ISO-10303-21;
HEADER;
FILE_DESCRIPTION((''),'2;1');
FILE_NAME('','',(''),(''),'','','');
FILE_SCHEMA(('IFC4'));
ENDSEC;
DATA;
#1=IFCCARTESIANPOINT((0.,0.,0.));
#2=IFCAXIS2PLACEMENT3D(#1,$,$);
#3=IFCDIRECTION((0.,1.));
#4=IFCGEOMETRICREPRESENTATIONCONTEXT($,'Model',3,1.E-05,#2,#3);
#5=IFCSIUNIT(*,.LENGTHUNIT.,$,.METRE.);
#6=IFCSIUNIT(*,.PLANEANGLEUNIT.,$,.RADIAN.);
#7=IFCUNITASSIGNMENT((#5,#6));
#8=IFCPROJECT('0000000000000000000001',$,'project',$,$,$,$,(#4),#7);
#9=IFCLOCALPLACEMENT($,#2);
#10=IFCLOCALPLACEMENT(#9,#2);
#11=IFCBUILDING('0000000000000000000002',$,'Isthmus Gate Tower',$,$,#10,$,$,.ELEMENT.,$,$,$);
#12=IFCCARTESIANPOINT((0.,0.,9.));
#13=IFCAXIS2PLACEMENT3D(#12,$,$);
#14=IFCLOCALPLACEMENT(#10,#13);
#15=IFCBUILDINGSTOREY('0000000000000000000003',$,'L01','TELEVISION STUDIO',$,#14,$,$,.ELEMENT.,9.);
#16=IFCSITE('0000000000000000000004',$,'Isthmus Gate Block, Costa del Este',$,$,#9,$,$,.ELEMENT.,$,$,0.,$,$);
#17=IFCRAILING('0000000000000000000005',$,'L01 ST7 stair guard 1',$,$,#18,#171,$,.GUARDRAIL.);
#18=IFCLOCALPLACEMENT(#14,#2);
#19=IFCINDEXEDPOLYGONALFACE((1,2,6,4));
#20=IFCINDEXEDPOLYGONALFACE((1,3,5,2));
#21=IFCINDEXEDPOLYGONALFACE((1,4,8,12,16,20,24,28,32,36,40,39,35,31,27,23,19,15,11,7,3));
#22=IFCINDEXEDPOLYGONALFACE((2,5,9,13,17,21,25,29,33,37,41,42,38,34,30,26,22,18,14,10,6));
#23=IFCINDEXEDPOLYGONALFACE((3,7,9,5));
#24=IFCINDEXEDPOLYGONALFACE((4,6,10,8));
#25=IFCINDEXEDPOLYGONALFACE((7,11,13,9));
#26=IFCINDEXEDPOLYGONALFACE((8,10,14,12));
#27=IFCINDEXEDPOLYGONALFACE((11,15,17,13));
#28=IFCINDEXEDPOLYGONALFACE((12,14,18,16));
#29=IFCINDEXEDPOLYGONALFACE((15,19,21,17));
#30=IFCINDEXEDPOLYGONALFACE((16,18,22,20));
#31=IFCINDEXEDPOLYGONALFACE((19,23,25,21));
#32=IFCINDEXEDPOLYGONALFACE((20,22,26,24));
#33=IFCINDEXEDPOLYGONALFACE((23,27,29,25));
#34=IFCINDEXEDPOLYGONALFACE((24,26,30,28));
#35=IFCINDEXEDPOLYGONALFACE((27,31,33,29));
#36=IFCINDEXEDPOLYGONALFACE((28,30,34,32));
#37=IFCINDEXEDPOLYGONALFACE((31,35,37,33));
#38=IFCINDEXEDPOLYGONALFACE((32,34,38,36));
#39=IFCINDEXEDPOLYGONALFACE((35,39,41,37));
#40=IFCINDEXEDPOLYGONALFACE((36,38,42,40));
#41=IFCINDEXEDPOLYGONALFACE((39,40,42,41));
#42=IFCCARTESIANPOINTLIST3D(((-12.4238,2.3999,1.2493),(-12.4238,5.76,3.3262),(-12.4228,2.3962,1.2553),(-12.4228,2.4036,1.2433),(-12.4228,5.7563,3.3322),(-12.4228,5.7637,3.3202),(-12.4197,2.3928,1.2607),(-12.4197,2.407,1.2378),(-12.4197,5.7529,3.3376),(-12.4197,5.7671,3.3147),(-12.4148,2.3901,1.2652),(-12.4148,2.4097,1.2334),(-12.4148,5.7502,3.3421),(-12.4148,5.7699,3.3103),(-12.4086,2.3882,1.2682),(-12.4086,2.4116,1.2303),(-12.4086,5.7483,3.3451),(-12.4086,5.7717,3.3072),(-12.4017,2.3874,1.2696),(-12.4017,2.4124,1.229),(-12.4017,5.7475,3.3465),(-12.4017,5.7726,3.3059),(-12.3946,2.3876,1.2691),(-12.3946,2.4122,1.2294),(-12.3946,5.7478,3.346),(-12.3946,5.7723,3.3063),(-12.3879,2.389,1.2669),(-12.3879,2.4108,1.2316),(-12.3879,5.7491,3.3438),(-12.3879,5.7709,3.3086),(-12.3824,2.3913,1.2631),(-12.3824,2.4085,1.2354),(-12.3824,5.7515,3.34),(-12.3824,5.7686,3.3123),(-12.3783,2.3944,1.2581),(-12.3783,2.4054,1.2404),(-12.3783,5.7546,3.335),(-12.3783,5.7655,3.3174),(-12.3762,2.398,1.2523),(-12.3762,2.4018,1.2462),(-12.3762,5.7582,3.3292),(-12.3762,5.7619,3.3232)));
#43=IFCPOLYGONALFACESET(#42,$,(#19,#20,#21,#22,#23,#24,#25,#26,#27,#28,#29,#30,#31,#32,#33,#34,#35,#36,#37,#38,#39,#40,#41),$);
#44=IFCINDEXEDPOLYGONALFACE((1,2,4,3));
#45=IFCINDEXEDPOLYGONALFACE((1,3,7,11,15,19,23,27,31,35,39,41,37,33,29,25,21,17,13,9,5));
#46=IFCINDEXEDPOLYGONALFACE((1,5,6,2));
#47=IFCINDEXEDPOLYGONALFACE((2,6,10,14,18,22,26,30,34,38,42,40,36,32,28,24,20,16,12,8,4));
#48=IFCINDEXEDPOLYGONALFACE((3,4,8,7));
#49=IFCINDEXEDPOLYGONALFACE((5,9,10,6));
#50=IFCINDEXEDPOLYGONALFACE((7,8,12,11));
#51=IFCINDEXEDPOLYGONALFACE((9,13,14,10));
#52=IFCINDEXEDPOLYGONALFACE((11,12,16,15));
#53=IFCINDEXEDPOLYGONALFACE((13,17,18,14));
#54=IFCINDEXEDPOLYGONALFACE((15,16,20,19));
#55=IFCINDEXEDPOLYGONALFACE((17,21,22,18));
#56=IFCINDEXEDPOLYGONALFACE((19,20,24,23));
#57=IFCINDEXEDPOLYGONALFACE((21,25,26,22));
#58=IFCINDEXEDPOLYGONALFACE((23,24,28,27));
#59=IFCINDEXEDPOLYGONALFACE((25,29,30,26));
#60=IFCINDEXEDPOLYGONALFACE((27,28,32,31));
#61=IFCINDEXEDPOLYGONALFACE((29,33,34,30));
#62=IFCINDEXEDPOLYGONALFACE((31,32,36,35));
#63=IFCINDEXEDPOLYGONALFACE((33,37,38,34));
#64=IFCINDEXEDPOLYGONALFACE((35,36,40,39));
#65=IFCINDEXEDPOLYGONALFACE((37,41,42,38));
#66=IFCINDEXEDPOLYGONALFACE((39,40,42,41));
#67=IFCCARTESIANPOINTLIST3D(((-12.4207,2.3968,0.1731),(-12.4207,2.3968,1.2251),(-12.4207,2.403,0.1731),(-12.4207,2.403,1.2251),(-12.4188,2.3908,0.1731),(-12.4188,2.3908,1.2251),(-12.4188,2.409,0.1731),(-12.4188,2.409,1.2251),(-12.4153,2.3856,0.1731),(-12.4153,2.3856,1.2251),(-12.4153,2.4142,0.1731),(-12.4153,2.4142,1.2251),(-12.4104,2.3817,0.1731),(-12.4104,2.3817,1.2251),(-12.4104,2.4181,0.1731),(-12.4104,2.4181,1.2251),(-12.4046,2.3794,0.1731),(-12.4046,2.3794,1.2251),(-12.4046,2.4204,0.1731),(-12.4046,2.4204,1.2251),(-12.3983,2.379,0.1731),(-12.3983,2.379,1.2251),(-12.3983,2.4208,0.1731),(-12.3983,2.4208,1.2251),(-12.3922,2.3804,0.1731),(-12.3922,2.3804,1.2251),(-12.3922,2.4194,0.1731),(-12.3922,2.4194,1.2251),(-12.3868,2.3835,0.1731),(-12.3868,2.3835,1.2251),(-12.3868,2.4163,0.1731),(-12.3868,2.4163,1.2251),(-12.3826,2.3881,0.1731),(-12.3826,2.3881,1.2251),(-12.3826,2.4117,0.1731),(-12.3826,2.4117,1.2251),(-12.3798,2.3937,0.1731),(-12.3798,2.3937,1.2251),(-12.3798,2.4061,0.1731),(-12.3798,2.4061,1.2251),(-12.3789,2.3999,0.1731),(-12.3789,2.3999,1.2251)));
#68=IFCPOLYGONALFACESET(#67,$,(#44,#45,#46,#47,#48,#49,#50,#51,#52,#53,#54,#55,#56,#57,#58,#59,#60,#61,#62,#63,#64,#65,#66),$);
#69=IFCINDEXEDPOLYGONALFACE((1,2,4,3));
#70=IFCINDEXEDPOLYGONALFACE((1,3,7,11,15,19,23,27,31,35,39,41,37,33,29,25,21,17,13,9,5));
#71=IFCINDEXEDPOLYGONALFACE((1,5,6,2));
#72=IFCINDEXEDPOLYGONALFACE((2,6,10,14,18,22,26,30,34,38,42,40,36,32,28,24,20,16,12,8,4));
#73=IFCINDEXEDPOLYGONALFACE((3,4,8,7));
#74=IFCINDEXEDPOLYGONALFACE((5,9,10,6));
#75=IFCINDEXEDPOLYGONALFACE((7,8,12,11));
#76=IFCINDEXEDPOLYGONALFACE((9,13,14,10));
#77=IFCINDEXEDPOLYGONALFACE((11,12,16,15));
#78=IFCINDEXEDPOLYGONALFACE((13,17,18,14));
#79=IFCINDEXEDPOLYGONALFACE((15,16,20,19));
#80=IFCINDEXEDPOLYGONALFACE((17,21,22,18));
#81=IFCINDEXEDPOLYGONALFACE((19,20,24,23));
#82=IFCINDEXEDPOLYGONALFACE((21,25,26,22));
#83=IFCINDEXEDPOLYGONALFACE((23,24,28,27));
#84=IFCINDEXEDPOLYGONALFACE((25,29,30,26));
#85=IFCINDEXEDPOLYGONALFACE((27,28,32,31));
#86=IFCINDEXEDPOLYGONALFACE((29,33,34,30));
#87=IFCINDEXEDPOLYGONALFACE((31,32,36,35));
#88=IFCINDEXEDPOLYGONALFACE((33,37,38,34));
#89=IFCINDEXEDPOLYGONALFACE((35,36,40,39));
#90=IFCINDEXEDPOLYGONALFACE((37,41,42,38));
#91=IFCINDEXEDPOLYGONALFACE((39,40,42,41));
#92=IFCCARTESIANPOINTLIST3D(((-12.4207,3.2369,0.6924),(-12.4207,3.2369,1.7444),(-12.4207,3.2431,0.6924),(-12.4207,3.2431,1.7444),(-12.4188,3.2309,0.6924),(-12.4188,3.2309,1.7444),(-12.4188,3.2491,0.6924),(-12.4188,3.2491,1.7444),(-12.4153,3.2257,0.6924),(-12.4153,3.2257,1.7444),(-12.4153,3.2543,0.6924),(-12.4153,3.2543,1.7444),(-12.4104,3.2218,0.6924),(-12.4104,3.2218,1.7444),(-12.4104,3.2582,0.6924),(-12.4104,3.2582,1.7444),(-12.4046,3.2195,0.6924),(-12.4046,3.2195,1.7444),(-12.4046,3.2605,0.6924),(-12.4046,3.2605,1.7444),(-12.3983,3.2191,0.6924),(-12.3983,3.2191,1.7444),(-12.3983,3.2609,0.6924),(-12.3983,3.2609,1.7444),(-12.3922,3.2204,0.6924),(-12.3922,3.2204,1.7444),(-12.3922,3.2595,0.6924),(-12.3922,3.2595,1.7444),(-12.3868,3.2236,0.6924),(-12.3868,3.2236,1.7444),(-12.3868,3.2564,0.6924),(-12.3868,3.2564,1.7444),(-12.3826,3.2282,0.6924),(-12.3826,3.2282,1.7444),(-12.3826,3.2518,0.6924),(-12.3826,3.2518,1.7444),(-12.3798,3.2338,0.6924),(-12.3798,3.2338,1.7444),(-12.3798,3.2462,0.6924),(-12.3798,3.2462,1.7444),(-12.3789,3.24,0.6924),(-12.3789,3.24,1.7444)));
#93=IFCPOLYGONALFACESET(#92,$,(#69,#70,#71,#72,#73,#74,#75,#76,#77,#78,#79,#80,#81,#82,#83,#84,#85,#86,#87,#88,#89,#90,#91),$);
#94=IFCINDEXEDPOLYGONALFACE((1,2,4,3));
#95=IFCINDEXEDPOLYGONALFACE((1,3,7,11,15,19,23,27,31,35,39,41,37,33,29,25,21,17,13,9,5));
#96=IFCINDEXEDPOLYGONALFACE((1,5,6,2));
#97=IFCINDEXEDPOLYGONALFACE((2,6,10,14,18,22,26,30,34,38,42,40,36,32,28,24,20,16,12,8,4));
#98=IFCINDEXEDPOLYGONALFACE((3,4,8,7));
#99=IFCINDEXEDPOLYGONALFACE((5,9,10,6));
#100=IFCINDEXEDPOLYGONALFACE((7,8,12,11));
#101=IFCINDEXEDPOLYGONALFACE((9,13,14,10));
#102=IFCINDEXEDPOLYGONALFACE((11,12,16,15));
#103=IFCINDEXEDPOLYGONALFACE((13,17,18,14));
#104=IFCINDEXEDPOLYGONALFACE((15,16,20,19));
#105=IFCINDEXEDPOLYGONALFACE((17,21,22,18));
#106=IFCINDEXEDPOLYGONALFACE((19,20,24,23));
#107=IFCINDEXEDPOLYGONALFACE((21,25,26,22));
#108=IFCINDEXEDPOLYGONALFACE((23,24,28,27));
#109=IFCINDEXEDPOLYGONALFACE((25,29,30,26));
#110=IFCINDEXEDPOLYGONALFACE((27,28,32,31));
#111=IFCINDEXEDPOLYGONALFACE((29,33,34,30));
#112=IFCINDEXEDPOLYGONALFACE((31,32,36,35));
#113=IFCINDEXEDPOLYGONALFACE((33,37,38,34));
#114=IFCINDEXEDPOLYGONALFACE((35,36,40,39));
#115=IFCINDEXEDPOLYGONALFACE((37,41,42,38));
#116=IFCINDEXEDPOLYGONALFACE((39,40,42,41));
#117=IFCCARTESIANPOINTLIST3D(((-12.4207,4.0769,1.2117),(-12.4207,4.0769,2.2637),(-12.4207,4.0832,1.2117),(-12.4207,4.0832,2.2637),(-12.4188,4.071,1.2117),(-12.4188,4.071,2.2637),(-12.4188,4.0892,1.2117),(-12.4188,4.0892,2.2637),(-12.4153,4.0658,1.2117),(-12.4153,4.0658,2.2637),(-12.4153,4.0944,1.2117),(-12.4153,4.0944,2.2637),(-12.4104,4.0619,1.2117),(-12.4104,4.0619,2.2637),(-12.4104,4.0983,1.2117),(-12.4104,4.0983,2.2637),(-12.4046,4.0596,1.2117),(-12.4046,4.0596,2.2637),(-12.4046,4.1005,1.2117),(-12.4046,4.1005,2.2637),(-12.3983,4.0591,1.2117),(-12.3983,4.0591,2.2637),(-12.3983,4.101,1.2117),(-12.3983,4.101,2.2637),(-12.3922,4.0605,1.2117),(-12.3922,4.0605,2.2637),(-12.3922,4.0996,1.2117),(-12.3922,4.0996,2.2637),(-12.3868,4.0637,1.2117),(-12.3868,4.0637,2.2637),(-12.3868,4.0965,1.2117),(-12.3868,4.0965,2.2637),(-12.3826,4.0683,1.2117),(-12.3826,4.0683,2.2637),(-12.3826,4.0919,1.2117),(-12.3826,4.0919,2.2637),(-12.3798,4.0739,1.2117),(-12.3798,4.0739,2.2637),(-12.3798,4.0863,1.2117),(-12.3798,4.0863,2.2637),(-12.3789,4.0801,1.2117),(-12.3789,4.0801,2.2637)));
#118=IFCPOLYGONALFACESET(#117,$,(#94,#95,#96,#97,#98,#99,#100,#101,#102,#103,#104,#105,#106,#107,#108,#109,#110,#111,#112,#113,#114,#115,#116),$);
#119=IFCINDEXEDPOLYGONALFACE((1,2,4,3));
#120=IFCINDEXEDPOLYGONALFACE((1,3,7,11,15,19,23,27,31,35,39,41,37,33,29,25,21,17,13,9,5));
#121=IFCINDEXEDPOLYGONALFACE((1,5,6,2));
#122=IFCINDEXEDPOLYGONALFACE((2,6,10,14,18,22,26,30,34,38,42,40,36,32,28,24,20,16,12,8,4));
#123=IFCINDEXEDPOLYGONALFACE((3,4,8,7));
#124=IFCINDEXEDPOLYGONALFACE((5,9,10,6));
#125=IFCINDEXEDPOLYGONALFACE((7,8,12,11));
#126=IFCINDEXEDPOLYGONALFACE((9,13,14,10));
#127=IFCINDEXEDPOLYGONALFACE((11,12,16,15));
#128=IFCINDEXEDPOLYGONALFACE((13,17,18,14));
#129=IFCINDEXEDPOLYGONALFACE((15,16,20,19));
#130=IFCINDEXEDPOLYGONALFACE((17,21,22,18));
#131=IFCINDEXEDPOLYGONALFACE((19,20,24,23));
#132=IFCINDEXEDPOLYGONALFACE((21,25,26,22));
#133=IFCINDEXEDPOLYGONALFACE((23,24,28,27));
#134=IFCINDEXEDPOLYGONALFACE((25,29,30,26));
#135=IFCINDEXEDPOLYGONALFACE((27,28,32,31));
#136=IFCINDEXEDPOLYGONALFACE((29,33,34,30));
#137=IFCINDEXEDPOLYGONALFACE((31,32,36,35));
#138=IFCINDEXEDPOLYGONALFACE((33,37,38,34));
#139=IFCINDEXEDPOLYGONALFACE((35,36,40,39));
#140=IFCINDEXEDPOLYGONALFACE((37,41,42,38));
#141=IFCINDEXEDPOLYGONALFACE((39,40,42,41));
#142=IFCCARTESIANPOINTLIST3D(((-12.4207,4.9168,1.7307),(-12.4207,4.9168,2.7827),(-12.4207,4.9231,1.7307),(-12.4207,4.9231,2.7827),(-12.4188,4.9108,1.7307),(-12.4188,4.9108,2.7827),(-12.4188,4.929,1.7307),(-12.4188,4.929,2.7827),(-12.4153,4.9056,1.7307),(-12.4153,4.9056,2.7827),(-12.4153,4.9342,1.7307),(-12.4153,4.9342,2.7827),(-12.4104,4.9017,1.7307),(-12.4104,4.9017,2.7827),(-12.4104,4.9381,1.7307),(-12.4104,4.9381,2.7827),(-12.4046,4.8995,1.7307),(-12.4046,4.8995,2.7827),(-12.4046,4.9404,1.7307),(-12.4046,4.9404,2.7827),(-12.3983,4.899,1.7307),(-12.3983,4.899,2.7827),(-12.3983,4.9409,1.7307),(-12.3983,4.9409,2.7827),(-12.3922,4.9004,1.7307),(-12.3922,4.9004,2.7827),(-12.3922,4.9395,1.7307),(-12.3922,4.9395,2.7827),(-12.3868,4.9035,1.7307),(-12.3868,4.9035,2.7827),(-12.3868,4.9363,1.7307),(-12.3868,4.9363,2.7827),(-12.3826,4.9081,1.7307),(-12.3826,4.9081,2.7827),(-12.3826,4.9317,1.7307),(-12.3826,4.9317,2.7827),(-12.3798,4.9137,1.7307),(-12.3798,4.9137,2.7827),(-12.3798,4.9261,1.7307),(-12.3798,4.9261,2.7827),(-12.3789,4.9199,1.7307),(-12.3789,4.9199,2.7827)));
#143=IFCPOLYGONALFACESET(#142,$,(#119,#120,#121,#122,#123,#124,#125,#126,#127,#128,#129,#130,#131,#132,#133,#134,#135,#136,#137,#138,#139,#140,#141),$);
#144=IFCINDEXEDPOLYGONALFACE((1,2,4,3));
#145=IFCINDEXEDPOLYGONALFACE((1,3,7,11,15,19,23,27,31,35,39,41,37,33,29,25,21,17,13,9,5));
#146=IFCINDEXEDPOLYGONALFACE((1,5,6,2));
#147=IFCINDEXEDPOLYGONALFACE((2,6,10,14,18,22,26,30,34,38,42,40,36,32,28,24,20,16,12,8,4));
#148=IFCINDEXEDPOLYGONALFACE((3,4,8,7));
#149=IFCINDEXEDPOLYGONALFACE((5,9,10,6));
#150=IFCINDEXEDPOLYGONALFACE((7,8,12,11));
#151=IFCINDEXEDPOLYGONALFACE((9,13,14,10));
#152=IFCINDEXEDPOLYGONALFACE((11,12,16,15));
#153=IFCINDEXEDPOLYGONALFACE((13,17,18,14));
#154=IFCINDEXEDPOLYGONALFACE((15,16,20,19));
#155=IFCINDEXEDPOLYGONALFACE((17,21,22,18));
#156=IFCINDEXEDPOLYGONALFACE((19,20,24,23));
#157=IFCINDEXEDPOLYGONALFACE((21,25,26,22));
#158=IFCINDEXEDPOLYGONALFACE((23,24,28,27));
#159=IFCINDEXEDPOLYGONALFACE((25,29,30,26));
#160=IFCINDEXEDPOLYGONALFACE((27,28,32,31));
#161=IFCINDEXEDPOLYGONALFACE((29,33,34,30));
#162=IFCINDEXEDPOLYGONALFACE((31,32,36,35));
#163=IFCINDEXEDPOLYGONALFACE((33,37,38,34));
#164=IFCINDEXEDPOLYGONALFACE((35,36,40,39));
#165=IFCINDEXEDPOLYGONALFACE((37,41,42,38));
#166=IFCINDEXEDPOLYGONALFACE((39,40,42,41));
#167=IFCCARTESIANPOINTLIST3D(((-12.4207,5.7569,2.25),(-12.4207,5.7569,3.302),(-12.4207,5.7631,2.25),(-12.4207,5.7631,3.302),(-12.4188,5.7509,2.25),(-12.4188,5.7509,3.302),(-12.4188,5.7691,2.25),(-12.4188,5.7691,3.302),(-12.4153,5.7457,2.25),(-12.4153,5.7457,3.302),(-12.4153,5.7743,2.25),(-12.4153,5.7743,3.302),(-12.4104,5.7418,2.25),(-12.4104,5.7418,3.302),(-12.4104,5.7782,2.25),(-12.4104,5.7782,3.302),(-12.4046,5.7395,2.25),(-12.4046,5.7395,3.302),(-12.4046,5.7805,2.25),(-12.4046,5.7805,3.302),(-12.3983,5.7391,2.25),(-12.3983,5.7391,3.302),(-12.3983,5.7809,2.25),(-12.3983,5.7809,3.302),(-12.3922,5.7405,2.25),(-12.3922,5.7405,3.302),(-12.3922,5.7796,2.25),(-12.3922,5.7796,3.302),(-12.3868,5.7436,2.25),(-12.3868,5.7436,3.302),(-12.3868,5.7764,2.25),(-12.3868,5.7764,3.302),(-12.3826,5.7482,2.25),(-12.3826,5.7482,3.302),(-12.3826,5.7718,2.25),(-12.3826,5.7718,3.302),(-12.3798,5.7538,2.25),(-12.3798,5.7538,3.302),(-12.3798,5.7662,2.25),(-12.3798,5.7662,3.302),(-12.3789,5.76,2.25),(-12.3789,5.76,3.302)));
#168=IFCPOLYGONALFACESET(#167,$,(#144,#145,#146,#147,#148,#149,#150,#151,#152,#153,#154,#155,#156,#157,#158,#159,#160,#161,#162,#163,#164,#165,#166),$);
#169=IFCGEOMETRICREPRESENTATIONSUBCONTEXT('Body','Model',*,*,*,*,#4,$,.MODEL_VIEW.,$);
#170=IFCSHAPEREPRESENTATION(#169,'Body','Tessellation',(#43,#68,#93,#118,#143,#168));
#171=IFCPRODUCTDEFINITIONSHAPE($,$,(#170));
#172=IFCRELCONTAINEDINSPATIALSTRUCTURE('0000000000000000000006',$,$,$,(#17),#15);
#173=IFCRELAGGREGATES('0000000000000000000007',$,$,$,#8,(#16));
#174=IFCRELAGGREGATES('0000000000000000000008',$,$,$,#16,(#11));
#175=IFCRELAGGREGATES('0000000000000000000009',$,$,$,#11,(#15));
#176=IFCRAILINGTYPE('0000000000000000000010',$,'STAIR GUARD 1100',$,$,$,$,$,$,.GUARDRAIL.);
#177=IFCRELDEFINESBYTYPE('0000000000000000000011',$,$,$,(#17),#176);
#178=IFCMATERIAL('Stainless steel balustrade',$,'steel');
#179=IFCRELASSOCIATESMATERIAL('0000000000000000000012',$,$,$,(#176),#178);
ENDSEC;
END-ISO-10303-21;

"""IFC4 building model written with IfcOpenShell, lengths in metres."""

from ifc_helpers import new_model, si_unit, direction, frame, origin, origin_2d, place, context, subcontext, project, spatial, circle, extrude, material, type_object, element, save


model = new_model("IFC4")

# Units and contexts
model_context = context("Model", 3, precision=1e-05, world=origin(), true_north=direction((0.0, 1.0)))
body_context = subcontext(model_context, "Body", "Model", "MODEL_VIEW")
ifc_project = project(units=[si_unit("LENGTHUNIT", "METRE"), si_unit("PLANEANGLEUNIT", "RADIAN")], contexts=[model_context])

# Site, building, storey
site_placement = place(None, origin())
site = spatial("IfcSite", under=ifc_project, at=site_placement, Name="Isthmus Gate Block, Costa del Este", CompositionType="ELEMENT", RefElevation=0.0)
building_placement = place(site_placement, origin())
building = spatial("IfcBuilding", under=site, at=building_placement, Name="Isthmus Gate Tower", CompositionType="ELEMENT")
storey_placement = place(building_placement, frame((0.0, 0.0, 9.0)))
storey = spatial("IfcBuildingStorey", under=building, at=storey_placement, Name="L01", Description="TELEVISION STUDIO", CompositionType="ELEMENT", Elevation=9.0)

# Railing
ifc_material_1 = material(Name="Stainless steel balustrade", Category="steel")
railing_type_1 = type_object("IfcRailingType", Name="STAIR GUARD 1100", PredefinedType="GUARDRAIL", material=ifc_material_1)
railing_1_placement = place(storey_placement, frame((-12.3999, 2.3999, 0.1731)))
element("IfcRailing", 1, at=railing_1_placement, inside=storey, type_object=railing_type_1, Name="L01 ST7 stair guard 1", PredefinedType="GUARDRAIL", context=body_context, shape_type="SweptSolid", body=[
    extrude(circle(Radius=0.0239, at=origin_2d()), frame((0.0, 0.0, 1.0762), z_axis=(0.0, 0.850623, 0.525776), x_axis=(-1.0, 0.0, 0.0)), (0.0, 0.0, 1.0), 3.9502),
    extrude(circle(Radius=0.021, at=origin_2d()), origin(), (0.0, 0.0, 1.0), 1.052),
    extrude(circle(Radius=0.021, at=origin_2d()), frame((0.0, 0.8401, 0.5193)), (0.0, 0.0, 1.0), 1.052),
    extrude(circle(Radius=0.021, at=origin_2d()), frame((0.0, 1.6802, 1.0386)), (0.0, 0.0, 1.0), 1.052),
    extrude(circle(Radius=0.021, at=origin_2d()), frame((0.0, 2.52, 1.5576)), (0.0, 0.0, 1.0), 1.052),
    extrude(circle(Radius=0.021, at=origin_2d()), frame((0.0, 3.3601, 2.0769)), (0.0, 0.0, 1.0), 1.052),
])

save(model, "model.ifc")
